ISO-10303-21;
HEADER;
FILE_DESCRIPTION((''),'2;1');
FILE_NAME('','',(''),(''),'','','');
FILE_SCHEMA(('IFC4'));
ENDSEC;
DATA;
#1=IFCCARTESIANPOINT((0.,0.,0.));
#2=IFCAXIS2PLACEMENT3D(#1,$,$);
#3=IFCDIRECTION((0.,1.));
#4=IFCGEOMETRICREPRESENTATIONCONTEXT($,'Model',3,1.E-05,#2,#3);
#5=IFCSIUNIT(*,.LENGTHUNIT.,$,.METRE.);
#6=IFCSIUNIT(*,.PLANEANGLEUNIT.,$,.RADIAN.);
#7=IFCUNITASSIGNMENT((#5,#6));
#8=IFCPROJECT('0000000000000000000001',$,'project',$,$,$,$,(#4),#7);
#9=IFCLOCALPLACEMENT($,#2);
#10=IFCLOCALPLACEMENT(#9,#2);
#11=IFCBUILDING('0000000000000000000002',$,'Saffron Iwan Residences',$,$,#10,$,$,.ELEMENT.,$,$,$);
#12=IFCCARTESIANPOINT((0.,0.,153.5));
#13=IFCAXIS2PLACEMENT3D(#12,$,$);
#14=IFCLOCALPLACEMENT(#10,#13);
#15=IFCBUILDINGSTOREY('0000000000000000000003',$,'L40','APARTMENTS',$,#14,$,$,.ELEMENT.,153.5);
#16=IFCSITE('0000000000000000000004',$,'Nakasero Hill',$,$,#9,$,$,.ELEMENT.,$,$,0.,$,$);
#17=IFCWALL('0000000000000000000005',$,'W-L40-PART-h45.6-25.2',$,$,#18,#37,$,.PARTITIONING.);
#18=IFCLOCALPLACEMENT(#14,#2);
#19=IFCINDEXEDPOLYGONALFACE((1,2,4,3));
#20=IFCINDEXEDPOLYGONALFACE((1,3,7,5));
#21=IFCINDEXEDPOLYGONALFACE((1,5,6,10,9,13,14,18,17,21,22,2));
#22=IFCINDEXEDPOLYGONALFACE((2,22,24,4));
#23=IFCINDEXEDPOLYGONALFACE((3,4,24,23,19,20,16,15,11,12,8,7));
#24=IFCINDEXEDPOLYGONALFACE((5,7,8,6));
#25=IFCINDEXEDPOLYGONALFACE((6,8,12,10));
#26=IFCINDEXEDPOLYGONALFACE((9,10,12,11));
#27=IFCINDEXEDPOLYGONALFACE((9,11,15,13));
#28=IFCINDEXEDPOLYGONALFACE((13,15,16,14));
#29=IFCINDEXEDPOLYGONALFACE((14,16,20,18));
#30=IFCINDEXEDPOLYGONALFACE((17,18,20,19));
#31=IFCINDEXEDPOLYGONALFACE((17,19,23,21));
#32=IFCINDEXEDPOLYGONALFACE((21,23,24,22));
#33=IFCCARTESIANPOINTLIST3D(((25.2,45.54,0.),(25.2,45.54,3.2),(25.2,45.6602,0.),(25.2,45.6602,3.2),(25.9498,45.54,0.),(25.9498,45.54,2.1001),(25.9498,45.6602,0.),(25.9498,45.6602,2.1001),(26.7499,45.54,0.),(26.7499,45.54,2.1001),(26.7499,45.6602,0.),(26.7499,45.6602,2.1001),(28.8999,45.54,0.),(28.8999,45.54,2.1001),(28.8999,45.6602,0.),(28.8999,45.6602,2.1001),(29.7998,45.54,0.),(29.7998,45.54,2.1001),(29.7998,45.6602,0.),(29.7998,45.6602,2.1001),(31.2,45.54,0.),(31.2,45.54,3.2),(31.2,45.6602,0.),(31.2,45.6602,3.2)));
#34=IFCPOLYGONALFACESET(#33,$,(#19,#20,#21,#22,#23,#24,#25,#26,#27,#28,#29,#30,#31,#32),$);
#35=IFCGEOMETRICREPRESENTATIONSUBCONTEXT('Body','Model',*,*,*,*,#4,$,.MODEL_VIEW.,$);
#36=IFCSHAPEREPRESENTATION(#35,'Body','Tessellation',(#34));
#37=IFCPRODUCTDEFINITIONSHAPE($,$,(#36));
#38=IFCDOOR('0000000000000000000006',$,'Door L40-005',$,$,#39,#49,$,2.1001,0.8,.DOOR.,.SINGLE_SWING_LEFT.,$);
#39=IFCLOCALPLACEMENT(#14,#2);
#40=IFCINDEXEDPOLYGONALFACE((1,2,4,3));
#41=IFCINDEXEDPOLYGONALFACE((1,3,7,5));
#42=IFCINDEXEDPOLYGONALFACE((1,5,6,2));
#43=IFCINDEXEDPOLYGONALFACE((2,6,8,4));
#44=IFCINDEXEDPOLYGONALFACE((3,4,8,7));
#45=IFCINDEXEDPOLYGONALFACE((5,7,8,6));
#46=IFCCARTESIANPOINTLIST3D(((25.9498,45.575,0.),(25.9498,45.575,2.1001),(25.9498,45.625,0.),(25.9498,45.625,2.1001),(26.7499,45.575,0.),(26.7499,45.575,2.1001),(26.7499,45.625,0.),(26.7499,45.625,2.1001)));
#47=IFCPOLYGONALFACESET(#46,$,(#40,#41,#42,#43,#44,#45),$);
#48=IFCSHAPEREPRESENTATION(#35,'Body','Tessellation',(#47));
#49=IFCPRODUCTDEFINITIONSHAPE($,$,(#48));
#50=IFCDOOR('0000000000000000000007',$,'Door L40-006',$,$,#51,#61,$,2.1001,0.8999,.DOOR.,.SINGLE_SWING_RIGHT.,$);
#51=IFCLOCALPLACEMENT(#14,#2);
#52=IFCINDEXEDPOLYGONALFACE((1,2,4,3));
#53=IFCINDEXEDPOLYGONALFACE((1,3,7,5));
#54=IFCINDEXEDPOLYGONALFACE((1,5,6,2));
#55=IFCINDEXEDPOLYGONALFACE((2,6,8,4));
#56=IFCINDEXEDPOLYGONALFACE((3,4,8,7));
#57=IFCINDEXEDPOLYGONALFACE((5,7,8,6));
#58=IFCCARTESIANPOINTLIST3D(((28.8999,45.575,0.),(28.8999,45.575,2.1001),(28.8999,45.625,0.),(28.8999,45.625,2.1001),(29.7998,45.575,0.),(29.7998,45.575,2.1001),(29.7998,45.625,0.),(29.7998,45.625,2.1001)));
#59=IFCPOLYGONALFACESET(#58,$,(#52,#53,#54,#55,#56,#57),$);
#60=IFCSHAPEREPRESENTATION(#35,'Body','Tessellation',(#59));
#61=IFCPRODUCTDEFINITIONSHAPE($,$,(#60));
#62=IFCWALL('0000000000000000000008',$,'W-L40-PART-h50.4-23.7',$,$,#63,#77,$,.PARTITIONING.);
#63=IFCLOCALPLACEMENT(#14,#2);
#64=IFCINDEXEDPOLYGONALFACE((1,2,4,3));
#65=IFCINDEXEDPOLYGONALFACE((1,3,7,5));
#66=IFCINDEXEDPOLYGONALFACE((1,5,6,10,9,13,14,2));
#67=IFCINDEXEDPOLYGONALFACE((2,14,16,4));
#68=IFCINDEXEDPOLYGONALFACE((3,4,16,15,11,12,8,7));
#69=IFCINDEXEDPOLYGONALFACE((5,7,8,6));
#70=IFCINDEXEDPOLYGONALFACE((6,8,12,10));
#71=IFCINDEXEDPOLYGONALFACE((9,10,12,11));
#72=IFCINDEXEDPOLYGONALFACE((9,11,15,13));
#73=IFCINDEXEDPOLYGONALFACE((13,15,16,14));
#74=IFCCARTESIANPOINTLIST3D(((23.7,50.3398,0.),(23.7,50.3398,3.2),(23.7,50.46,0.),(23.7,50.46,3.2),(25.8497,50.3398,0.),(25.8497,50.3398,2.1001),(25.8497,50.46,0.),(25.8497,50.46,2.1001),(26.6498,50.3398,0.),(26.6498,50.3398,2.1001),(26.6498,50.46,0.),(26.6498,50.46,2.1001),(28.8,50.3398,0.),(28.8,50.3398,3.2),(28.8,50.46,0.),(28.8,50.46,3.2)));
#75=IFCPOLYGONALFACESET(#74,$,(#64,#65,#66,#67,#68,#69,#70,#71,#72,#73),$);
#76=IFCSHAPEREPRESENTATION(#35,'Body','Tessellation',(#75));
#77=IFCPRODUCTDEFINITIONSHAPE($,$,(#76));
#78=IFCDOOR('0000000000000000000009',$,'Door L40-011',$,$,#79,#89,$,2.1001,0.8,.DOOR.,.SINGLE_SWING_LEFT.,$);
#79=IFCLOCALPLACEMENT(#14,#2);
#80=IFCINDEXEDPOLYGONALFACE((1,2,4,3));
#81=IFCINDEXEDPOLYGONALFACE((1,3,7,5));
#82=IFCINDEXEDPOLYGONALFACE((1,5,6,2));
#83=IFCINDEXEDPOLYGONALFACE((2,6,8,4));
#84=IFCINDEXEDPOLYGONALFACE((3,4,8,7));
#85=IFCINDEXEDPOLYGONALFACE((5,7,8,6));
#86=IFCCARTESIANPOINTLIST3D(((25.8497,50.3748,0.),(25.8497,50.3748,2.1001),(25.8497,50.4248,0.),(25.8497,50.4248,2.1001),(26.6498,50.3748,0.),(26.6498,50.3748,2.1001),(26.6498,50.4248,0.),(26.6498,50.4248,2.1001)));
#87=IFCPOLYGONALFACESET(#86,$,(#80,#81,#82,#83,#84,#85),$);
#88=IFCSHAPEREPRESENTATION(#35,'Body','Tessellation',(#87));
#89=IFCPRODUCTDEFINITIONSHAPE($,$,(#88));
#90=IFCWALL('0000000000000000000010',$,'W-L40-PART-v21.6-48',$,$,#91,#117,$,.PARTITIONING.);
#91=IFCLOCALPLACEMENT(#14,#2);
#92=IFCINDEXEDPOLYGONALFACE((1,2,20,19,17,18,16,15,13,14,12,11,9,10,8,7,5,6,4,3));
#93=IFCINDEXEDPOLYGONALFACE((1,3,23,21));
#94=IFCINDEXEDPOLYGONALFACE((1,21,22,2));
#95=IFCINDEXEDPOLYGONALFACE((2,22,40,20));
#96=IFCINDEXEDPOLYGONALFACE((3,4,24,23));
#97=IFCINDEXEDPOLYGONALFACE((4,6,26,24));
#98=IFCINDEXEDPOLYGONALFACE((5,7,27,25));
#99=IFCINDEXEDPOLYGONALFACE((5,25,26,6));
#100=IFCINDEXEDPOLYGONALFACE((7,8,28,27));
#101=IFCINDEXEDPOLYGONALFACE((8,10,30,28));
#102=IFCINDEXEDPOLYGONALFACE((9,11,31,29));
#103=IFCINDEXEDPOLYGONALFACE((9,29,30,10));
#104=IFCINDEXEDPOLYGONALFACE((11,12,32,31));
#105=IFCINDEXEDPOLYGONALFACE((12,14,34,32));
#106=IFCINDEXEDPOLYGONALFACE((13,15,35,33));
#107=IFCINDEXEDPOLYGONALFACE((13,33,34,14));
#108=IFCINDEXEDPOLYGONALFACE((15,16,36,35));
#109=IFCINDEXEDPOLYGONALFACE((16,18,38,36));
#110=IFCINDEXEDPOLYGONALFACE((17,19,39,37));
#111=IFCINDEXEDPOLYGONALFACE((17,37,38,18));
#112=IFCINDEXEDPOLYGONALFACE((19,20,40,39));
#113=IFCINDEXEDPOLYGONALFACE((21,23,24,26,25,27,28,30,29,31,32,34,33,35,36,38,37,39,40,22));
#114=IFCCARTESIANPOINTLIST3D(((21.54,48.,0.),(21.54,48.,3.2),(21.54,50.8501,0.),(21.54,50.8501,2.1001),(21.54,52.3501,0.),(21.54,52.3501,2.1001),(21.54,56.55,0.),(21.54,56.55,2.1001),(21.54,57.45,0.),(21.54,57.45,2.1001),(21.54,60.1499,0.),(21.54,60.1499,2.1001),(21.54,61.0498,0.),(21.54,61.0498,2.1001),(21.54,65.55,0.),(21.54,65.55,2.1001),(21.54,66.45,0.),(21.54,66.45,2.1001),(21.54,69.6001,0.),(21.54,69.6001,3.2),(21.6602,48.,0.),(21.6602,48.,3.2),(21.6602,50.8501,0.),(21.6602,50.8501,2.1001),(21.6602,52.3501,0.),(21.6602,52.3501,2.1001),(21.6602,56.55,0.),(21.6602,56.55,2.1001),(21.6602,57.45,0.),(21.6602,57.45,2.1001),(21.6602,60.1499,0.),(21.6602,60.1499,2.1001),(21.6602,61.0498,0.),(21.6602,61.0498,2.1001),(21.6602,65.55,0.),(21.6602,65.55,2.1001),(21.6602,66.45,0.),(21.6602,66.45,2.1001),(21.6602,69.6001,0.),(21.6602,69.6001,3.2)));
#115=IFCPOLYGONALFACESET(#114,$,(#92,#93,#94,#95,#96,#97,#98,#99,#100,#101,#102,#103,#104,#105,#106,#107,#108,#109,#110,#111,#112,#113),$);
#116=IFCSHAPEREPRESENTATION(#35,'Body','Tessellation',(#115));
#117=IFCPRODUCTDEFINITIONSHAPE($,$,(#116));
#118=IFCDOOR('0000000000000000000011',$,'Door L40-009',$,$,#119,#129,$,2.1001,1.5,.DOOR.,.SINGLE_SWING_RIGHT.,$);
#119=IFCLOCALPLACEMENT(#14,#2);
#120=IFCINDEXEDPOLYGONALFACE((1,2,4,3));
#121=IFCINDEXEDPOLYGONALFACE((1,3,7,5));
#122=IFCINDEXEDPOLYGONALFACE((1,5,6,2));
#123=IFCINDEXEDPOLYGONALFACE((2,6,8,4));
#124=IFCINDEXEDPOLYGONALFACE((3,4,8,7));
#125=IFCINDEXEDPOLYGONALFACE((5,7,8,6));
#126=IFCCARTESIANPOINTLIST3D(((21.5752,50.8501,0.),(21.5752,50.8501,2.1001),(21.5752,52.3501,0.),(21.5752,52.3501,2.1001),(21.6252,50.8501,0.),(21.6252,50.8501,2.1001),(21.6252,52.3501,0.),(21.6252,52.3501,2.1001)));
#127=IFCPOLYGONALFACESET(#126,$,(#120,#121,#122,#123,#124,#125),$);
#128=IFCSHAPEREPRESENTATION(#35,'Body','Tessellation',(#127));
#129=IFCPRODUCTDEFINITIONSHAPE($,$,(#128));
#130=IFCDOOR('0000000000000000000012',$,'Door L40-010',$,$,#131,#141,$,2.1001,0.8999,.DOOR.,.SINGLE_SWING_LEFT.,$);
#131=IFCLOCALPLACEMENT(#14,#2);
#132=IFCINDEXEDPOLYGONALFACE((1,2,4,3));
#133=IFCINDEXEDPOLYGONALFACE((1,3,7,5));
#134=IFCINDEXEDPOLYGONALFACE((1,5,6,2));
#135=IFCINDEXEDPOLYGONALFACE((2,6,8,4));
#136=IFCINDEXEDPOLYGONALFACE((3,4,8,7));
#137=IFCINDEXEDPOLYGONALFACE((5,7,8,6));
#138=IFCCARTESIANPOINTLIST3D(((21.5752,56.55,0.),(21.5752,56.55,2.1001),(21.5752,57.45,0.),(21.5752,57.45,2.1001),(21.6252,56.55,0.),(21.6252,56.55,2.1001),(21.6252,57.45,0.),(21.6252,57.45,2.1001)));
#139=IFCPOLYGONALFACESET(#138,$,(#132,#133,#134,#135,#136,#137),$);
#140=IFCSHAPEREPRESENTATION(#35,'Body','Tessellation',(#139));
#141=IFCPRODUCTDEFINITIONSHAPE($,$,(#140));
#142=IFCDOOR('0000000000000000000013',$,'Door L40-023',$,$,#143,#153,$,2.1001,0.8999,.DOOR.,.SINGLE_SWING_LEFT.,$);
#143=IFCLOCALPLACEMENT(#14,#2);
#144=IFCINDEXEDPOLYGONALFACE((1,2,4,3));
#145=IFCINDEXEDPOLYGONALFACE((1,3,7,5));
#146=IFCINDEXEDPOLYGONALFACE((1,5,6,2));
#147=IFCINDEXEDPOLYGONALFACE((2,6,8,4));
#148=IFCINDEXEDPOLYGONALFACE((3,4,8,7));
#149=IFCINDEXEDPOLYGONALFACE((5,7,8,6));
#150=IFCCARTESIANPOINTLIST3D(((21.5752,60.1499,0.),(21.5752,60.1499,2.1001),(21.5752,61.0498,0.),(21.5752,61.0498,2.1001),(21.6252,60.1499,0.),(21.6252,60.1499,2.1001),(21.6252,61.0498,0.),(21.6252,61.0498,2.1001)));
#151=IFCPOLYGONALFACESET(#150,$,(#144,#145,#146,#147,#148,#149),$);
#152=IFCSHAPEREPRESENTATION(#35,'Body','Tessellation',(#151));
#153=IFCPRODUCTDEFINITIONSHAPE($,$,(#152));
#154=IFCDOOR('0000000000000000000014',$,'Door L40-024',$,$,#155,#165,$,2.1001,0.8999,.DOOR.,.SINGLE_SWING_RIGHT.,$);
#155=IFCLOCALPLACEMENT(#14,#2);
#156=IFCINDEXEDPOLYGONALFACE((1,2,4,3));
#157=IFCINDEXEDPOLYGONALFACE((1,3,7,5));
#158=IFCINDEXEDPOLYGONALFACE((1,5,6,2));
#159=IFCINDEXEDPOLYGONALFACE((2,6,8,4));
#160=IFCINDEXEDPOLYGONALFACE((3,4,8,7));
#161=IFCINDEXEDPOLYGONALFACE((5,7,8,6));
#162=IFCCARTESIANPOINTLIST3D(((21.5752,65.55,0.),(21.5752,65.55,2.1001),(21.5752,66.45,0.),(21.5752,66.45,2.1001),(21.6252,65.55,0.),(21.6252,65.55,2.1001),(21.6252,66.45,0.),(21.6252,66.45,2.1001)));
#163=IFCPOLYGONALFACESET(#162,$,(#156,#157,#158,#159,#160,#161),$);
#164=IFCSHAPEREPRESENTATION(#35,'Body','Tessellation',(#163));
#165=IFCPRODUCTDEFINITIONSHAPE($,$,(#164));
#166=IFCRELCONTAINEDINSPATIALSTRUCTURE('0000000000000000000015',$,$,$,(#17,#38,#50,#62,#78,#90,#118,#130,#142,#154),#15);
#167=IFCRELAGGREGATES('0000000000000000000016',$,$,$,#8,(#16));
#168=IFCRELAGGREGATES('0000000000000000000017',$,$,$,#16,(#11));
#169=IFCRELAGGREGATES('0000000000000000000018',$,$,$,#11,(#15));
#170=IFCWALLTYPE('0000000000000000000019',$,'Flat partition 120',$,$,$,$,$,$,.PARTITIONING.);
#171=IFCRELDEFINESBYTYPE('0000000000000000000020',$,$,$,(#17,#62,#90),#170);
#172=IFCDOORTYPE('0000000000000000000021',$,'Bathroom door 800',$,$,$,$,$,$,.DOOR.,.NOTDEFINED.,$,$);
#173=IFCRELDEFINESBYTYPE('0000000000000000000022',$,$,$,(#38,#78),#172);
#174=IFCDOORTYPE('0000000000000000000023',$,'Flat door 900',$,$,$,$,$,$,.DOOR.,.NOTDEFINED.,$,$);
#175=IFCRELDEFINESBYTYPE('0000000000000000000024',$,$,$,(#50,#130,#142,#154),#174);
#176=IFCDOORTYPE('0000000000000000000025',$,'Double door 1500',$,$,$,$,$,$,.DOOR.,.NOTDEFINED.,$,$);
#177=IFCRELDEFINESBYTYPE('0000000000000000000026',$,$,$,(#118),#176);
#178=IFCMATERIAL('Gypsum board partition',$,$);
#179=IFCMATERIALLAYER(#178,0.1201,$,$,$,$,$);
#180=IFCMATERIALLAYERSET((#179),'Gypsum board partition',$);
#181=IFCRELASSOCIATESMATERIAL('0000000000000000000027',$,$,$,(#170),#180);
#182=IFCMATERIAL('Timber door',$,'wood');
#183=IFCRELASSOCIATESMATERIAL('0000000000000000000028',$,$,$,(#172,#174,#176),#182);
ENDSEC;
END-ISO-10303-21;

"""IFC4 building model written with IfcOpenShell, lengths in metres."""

from ifc_helpers import new_model, si_unit, direction, frame, frame_2d, origin, place, context, subcontext, project, spatial, rectangle, extrude, material, layer, layer_set, type_object, element, fill, save


model = new_model("IFC4")

# Units and contexts
model_context = context("Model", 3, precision=1e-05, world=origin(), true_north=direction((0.0, 1.0)))
body_context = subcontext(model_context, "Body", "Model", "MODEL_VIEW")
ifc_project = project(units=[si_unit("LENGTHUNIT", "METRE"), si_unit("PLANEANGLEUNIT", "RADIAN")], contexts=[model_context])

# Site, building, storey
site_placement = place(None, origin())
site = spatial("IfcSite", under=ifc_project, at=site_placement, Name="Nakasero Hill", CompositionType="ELEMENT", RefElevation=0.0)
building_placement = place(site_placement, origin())
building = spatial("IfcBuilding", under=site, at=building_placement, Name="Saffron Iwan Residences", CompositionType="ELEMENT")
storey_placement = place(building_placement, frame((0.0, 0.0, 153.5)))
storey = spatial("IfcBuildingStorey", under=building, at=storey_placement, Name="L40", Description="APARTMENTS", CompositionType="ELEMENT", Elevation=153.5)

# Wall, openings, doors
ifc_material_1 = material(Name="Gypsum board partition")
ifc_layer_1 = layer(ifc_material_1, 0.1201)
ifc_layer_set_1 = layer_set([ifc_layer_1], Name="Gypsum board partition")
wall_type_1 = type_object("IfcWallType", Name="Flat partition 120", PredefinedType="PARTITIONING", material=ifc_layer_set_1)
wall_1_placement = place(storey_placement, frame((25.2, 45.6001, 0.0), z_axis=(0.0, 0.0, 1.0), x_axis=(1.0, 0.0, 0.0)))
wall_1 = element("IfcWall", 1, at=wall_1_placement, inside=storey, type_object=wall_type_1, Name="W-L40-PART-h45.6-25.2", PredefinedType="PARTITIONING", context=body_context, shape_type="SweptSolid", body=[
    extrude(rectangle(XDim=6.0, YDim=0.1201, at=frame_2d((3.0, 0.0))), origin(), (0.0, 0.0, 1.0), 3.2),
])
opening_1_placement = place(wall_1_placement, frame((0.75, 0.0, 0.0)))
opening_1 = element("IfcOpeningElement", 2, at=opening_1_placement, cuts=wall_1, PredefinedType="OPENING", context=body_context, shape_type="SweptSolid", body=[
    extrude(rectangle(XDim=0.8, YDim=2.1001, at=frame_2d((0.3999, 1.05))), frame((0.0, 0.0701, 0.0), z_axis=(0.0, -1.0, 0.0), x_axis=(1.0, 0.0, 0.0)), (0.0, 0.0, 1.0), 0.1401),
])
opening_2_placement = place(wall_1_placement, frame((3.7, 0.0, 0.0)))
opening_2 = element("IfcOpeningElement", 3, at=opening_2_placement, cuts=wall_1, PredefinedType="OPENING", context=body_context, shape_type="SweptSolid", body=[
    extrude(rectangle(XDim=0.8999, YDim=2.1001, at=frame_2d((0.45, 1.05))), frame((0.0, 0.0701, 0.0), z_axis=(0.0, -1.0, 0.0), x_axis=(1.0, 0.0, 0.0)), (0.0, 0.0, 1.0), 0.1401),
])
ifc_material_2 = material(Name="Timber door", Category="wood")
door_type_1 = type_object("IfcDoorType", Name="Bathroom door 800", OperationType="NOTDEFINED", PredefinedType="DOOR", material=ifc_material_2)
door_1_placement = place(opening_1_placement, origin())
door_1 = element("IfcDoor", 4, at=door_1_placement, inside=storey, type_object=door_type_1, Name="Door L40-005", OperationType="SINGLE_SWING_LEFT", OverallHeight=2.1001, OverallWidth=0.8, PredefinedType="DOOR", context=body_context, shape_type="SweptSolid", body=[
    extrude(rectangle(XDim=0.8, YDim=2.1001, at=frame_2d((0.3999, 1.05))), frame((0.0, 0.0249, 0.0), z_axis=(0.0, -1.0, 0.0), x_axis=(1.0, 0.0, 0.0)), (0.0, 0.0, 1.0), 0.05),
])
fill(opening_1, door_1)
door_type_2 = type_object("IfcDoorType", Name="Flat door 900", OperationType="NOTDEFINED", PredefinedType="DOOR", material=ifc_material_2)
door_2_placement = place(opening_2_placement, origin())
door_2 = element("IfcDoor", 5, at=door_2_placement, inside=storey, type_object=door_type_2, Name="Door L40-006", OperationType="SINGLE_SWING_RIGHT", OverallHeight=2.1001, OverallWidth=0.8999, PredefinedType="DOOR", context=body_context, shape_type="SweptSolid", body=[
    extrude(rectangle(XDim=0.8999, YDim=2.1001, at=frame_2d((0.45, 1.05))), frame((0.0, 0.0249, 0.0), z_axis=(0.0, -1.0, 0.0), x_axis=(1.0, 0.0, 0.0)), (0.0, 0.0, 1.0), 0.05),
])
fill(opening_2, door_2)

# Wall, opening, door
wall_2_placement = place(storey_placement, frame((23.7, 50.3999, 0.0), z_axis=(0.0, 0.0, 1.0), x_axis=(1.0, 0.0, 0.0)))
wall_2 = element("IfcWall", 6, at=wall_2_placement, inside=storey, type_object=wall_type_1, Name="W-L40-PART-h50.4-23.7", PredefinedType="PARTITIONING", context=body_context, shape_type="SweptSolid", body=[
    extrude(rectangle(XDim=5.1001, YDim=0.1201, at=frame_2d((2.55, 0.0))), origin(), (0.0, 0.0, 1.0), 3.2),
])
opening_3_placement = place(wall_2_placement, frame((2.1499, 0.0, 0.0)))
opening_3 = element("IfcOpeningElement", 7, at=opening_3_placement, cuts=wall_2, PredefinedType="OPENING", context=body_context, shape_type="SweptSolid", body=[
    extrude(rectangle(XDim=0.8, YDim=2.1001, at=frame_2d((0.3999, 1.05))), frame((0.0, 0.0701, 0.0), z_axis=(0.0, -1.0, 0.0), x_axis=(1.0, 0.0, 0.0)), (0.0, 0.0, 1.0), 0.1401),
])
door_3_placement = place(opening_3_placement, origin())
door_3 = element("IfcDoor", 8, at=door_3_placement, inside=storey, type_object=door_type_1, Name="Door L40-011", OperationType="SINGLE_SWING_LEFT", OverallHeight=2.1001, OverallWidth=0.8, PredefinedType="DOOR", context=body_context, shape_type="SweptSolid", body=[
    extrude(rectangle(XDim=0.8, YDim=2.1001, at=frame_2d((0.3999, 1.05))), frame((0.0, 0.0249, 0.0), z_axis=(0.0, -1.0, 0.0), x_axis=(1.0, 0.0, 0.0)), (0.0, 0.0, 1.0), 0.05),
])
fill(opening_3, door_3)

# Wall, openings, doors
wall_3_placement = place(storey_placement, frame((21.6001, 48.0, 0.0), z_axis=(0.0, 0.0, 1.0), x_axis=(0.0, 1.0, 0.0)))
wall_3 = element("IfcWall", 9, at=wall_3_placement, inside=storey, type_object=wall_type_1, Name="W-L40-PART-v21.6-48", PredefinedType="PARTITIONING", context=body_context, shape_type="SweptSolid", body=[
    extrude(rectangle(XDim=21.6001, YDim=0.1201, at=frame_2d((10.8, 0.0))), origin(), (0.0, 0.0, 1.0), 3.2),
])
opening_4_placement = place(wall_3_placement, frame((2.8501, 0.0, 0.0)))
opening_4 = element("IfcOpeningElement", 10, at=opening_4_placement, cuts=wall_3, PredefinedType="OPENING", context=body_context, shape_type="SweptSolid", body=[
    extrude(rectangle(XDim=1.5, YDim=2.1001, at=frame_2d((0.75, 1.05))), frame((0.0, 0.0701, 0.0), z_axis=(0.0, -1.0, 0.0), x_axis=(1.0, 0.0, 0.0)), (0.0, 0.0, 1.0), 0.1401),
])
opening_5_placement = place(wall_3_placement, frame((8.55, 0.0, 0.0)))
opening_5 = element("IfcOpeningElement", 11, at=opening_5_placement, cuts=wall_3, PredefinedType="OPENING", context=body_context, shape_type="SweptSolid", body=[
    extrude(rectangle(XDim=0.8999, YDim=2.1001, at=frame_2d((0.45, 1.05))), frame((0.0, 0.0701, 0.0), z_axis=(0.0, -1.0, 0.0), x_axis=(1.0, 0.0, 0.0)), (0.0, 0.0, 1.0), 0.1401),
])
opening_6_placement = place(wall_3_placement, frame((12.1499, 0.0, 0.0)))
opening_6 = element("IfcOpeningElement", 12, at=opening_6_placement, cuts=wall_3, PredefinedType="OPENING", context=body_context, shape_type="SweptSolid", body=[
    extrude(rectangle(XDim=0.8999, YDim=2.1001, at=frame_2d((0.45, 1.05))), frame((0.0, 0.0701, 0.0), z_axis=(0.0, -1.0, 0.0), x_axis=(1.0, 0.0, 0.0)), (0.0, 0.0, 1.0), 0.1401),
])
opening_7_placement = place(wall_3_placement, frame((17.55, 0.0, 0.0)))
opening_7 = element("IfcOpeningElement", 13, at=opening_7_placement, cuts=wall_3, PredefinedType="OPENING", context=body_context, shape_type="SweptSolid", body=[
    extrude(rectangle(XDim=0.8999, YDim=2.1001, at=frame_2d((0.45, 1.05))), frame((0.0, 0.0701, 0.0), z_axis=(0.0, -1.0, 0.0), x_axis=(1.0, 0.0, 0.0)), (0.0, 0.0, 1.0), 0.1401),
])
door_type_3 = type_object("IfcDoorType", Name="Double door 1500", OperationType="NOTDEFINED", PredefinedType="DOOR", material=ifc_material_2)
door_4_placement = place(opening_4_placement, origin())
door_4 = element("IfcDoor", 14, at=door_4_placement, inside=storey, type_object=door_type_3, Name="Door L40-009", OperationType="SINGLE_SWING_RIGHT", OverallHeight=2.1001, OverallWidth=1.5, PredefinedType="DOOR", context=body_context, shape_type="SweptSolid", body=[
    extrude(rectangle(XDim=1.5, YDim=2.1001, at=frame_2d((0.75, 1.05))), frame((0.0, 0.0249, 0.0), z_axis=(0.0, -1.0, 0.0), x_axis=(1.0, 0.0, 0.0)), (0.0, 0.0, 1.0), 0.05),
])
fill(opening_4, door_4)
door_5_placement = place(opening_5_placement, origin())
door_5 = element("IfcDoor", 15, at=door_5_placement, inside=storey, type_object=door_type_2, Name="Door L40-010", OperationType="SINGLE_SWING_LEFT", OverallHeight=2.1001, OverallWidth=0.8999, PredefinedType="DOOR", context=body_context, shape_type="SweptSolid", body=[
    extrude(rectangle(XDim=0.8999, YDim=2.1001, at=frame_2d((0.45, 1.05))), frame((0.0, 0.0249, 0.0), z_axis=(0.0, -1.0, 0.0), x_axis=(1.0, 0.0, 0.0)), (0.0, 0.0, 1.0), 0.05),
])
fill(opening_5, door_5)
door_6_placement = place(opening_6_placement, origin())
door_6 = element("IfcDoor", 16, at=door_6_placement, inside=storey, type_object=door_type_2, Name="Door L40-023", OperationType="SINGLE_SWING_LEFT", OverallHeight=2.1001, OverallWidth=0.8999, PredefinedType="DOOR", context=body_context, shape_type="SweptSolid", body=[
    extrude(rectangle(XDim=0.8999, YDim=2.1001, at=frame_2d((0.45, 1.05))), frame((0.0, 0.0249, 0.0), z_axis=(0.0, -1.0, 0.0), x_axis=(1.0, 0.0, 0.0)), (0.0, 0.0, 1.0), 0.05),
])
fill(opening_6, door_6)
door_7_placement = place(opening_7_placement, origin())
door_7 = element("IfcDoor", 17, at=door_7_placement, inside=storey, type_object=door_type_2, Name="Door L40-024", OperationType="SINGLE_SWING_RIGHT", OverallHeight=2.1001, OverallWidth=0.8999, PredefinedType="DOOR", context=body_context, shape_type="SweptSolid", body=[
    extrude(rectangle(XDim=0.8999, YDim=2.1001, at=frame_2d((0.45, 1.05))), frame((0.0, 0.0249, 0.0), z_axis=(0.0, -1.0, 0.0), x_axis=(1.0, 0.0, 0.0)), (0.0, 0.0, 1.0), 0.05),
])
fill(opening_7, door_7)

save(model, "model.ifc")
